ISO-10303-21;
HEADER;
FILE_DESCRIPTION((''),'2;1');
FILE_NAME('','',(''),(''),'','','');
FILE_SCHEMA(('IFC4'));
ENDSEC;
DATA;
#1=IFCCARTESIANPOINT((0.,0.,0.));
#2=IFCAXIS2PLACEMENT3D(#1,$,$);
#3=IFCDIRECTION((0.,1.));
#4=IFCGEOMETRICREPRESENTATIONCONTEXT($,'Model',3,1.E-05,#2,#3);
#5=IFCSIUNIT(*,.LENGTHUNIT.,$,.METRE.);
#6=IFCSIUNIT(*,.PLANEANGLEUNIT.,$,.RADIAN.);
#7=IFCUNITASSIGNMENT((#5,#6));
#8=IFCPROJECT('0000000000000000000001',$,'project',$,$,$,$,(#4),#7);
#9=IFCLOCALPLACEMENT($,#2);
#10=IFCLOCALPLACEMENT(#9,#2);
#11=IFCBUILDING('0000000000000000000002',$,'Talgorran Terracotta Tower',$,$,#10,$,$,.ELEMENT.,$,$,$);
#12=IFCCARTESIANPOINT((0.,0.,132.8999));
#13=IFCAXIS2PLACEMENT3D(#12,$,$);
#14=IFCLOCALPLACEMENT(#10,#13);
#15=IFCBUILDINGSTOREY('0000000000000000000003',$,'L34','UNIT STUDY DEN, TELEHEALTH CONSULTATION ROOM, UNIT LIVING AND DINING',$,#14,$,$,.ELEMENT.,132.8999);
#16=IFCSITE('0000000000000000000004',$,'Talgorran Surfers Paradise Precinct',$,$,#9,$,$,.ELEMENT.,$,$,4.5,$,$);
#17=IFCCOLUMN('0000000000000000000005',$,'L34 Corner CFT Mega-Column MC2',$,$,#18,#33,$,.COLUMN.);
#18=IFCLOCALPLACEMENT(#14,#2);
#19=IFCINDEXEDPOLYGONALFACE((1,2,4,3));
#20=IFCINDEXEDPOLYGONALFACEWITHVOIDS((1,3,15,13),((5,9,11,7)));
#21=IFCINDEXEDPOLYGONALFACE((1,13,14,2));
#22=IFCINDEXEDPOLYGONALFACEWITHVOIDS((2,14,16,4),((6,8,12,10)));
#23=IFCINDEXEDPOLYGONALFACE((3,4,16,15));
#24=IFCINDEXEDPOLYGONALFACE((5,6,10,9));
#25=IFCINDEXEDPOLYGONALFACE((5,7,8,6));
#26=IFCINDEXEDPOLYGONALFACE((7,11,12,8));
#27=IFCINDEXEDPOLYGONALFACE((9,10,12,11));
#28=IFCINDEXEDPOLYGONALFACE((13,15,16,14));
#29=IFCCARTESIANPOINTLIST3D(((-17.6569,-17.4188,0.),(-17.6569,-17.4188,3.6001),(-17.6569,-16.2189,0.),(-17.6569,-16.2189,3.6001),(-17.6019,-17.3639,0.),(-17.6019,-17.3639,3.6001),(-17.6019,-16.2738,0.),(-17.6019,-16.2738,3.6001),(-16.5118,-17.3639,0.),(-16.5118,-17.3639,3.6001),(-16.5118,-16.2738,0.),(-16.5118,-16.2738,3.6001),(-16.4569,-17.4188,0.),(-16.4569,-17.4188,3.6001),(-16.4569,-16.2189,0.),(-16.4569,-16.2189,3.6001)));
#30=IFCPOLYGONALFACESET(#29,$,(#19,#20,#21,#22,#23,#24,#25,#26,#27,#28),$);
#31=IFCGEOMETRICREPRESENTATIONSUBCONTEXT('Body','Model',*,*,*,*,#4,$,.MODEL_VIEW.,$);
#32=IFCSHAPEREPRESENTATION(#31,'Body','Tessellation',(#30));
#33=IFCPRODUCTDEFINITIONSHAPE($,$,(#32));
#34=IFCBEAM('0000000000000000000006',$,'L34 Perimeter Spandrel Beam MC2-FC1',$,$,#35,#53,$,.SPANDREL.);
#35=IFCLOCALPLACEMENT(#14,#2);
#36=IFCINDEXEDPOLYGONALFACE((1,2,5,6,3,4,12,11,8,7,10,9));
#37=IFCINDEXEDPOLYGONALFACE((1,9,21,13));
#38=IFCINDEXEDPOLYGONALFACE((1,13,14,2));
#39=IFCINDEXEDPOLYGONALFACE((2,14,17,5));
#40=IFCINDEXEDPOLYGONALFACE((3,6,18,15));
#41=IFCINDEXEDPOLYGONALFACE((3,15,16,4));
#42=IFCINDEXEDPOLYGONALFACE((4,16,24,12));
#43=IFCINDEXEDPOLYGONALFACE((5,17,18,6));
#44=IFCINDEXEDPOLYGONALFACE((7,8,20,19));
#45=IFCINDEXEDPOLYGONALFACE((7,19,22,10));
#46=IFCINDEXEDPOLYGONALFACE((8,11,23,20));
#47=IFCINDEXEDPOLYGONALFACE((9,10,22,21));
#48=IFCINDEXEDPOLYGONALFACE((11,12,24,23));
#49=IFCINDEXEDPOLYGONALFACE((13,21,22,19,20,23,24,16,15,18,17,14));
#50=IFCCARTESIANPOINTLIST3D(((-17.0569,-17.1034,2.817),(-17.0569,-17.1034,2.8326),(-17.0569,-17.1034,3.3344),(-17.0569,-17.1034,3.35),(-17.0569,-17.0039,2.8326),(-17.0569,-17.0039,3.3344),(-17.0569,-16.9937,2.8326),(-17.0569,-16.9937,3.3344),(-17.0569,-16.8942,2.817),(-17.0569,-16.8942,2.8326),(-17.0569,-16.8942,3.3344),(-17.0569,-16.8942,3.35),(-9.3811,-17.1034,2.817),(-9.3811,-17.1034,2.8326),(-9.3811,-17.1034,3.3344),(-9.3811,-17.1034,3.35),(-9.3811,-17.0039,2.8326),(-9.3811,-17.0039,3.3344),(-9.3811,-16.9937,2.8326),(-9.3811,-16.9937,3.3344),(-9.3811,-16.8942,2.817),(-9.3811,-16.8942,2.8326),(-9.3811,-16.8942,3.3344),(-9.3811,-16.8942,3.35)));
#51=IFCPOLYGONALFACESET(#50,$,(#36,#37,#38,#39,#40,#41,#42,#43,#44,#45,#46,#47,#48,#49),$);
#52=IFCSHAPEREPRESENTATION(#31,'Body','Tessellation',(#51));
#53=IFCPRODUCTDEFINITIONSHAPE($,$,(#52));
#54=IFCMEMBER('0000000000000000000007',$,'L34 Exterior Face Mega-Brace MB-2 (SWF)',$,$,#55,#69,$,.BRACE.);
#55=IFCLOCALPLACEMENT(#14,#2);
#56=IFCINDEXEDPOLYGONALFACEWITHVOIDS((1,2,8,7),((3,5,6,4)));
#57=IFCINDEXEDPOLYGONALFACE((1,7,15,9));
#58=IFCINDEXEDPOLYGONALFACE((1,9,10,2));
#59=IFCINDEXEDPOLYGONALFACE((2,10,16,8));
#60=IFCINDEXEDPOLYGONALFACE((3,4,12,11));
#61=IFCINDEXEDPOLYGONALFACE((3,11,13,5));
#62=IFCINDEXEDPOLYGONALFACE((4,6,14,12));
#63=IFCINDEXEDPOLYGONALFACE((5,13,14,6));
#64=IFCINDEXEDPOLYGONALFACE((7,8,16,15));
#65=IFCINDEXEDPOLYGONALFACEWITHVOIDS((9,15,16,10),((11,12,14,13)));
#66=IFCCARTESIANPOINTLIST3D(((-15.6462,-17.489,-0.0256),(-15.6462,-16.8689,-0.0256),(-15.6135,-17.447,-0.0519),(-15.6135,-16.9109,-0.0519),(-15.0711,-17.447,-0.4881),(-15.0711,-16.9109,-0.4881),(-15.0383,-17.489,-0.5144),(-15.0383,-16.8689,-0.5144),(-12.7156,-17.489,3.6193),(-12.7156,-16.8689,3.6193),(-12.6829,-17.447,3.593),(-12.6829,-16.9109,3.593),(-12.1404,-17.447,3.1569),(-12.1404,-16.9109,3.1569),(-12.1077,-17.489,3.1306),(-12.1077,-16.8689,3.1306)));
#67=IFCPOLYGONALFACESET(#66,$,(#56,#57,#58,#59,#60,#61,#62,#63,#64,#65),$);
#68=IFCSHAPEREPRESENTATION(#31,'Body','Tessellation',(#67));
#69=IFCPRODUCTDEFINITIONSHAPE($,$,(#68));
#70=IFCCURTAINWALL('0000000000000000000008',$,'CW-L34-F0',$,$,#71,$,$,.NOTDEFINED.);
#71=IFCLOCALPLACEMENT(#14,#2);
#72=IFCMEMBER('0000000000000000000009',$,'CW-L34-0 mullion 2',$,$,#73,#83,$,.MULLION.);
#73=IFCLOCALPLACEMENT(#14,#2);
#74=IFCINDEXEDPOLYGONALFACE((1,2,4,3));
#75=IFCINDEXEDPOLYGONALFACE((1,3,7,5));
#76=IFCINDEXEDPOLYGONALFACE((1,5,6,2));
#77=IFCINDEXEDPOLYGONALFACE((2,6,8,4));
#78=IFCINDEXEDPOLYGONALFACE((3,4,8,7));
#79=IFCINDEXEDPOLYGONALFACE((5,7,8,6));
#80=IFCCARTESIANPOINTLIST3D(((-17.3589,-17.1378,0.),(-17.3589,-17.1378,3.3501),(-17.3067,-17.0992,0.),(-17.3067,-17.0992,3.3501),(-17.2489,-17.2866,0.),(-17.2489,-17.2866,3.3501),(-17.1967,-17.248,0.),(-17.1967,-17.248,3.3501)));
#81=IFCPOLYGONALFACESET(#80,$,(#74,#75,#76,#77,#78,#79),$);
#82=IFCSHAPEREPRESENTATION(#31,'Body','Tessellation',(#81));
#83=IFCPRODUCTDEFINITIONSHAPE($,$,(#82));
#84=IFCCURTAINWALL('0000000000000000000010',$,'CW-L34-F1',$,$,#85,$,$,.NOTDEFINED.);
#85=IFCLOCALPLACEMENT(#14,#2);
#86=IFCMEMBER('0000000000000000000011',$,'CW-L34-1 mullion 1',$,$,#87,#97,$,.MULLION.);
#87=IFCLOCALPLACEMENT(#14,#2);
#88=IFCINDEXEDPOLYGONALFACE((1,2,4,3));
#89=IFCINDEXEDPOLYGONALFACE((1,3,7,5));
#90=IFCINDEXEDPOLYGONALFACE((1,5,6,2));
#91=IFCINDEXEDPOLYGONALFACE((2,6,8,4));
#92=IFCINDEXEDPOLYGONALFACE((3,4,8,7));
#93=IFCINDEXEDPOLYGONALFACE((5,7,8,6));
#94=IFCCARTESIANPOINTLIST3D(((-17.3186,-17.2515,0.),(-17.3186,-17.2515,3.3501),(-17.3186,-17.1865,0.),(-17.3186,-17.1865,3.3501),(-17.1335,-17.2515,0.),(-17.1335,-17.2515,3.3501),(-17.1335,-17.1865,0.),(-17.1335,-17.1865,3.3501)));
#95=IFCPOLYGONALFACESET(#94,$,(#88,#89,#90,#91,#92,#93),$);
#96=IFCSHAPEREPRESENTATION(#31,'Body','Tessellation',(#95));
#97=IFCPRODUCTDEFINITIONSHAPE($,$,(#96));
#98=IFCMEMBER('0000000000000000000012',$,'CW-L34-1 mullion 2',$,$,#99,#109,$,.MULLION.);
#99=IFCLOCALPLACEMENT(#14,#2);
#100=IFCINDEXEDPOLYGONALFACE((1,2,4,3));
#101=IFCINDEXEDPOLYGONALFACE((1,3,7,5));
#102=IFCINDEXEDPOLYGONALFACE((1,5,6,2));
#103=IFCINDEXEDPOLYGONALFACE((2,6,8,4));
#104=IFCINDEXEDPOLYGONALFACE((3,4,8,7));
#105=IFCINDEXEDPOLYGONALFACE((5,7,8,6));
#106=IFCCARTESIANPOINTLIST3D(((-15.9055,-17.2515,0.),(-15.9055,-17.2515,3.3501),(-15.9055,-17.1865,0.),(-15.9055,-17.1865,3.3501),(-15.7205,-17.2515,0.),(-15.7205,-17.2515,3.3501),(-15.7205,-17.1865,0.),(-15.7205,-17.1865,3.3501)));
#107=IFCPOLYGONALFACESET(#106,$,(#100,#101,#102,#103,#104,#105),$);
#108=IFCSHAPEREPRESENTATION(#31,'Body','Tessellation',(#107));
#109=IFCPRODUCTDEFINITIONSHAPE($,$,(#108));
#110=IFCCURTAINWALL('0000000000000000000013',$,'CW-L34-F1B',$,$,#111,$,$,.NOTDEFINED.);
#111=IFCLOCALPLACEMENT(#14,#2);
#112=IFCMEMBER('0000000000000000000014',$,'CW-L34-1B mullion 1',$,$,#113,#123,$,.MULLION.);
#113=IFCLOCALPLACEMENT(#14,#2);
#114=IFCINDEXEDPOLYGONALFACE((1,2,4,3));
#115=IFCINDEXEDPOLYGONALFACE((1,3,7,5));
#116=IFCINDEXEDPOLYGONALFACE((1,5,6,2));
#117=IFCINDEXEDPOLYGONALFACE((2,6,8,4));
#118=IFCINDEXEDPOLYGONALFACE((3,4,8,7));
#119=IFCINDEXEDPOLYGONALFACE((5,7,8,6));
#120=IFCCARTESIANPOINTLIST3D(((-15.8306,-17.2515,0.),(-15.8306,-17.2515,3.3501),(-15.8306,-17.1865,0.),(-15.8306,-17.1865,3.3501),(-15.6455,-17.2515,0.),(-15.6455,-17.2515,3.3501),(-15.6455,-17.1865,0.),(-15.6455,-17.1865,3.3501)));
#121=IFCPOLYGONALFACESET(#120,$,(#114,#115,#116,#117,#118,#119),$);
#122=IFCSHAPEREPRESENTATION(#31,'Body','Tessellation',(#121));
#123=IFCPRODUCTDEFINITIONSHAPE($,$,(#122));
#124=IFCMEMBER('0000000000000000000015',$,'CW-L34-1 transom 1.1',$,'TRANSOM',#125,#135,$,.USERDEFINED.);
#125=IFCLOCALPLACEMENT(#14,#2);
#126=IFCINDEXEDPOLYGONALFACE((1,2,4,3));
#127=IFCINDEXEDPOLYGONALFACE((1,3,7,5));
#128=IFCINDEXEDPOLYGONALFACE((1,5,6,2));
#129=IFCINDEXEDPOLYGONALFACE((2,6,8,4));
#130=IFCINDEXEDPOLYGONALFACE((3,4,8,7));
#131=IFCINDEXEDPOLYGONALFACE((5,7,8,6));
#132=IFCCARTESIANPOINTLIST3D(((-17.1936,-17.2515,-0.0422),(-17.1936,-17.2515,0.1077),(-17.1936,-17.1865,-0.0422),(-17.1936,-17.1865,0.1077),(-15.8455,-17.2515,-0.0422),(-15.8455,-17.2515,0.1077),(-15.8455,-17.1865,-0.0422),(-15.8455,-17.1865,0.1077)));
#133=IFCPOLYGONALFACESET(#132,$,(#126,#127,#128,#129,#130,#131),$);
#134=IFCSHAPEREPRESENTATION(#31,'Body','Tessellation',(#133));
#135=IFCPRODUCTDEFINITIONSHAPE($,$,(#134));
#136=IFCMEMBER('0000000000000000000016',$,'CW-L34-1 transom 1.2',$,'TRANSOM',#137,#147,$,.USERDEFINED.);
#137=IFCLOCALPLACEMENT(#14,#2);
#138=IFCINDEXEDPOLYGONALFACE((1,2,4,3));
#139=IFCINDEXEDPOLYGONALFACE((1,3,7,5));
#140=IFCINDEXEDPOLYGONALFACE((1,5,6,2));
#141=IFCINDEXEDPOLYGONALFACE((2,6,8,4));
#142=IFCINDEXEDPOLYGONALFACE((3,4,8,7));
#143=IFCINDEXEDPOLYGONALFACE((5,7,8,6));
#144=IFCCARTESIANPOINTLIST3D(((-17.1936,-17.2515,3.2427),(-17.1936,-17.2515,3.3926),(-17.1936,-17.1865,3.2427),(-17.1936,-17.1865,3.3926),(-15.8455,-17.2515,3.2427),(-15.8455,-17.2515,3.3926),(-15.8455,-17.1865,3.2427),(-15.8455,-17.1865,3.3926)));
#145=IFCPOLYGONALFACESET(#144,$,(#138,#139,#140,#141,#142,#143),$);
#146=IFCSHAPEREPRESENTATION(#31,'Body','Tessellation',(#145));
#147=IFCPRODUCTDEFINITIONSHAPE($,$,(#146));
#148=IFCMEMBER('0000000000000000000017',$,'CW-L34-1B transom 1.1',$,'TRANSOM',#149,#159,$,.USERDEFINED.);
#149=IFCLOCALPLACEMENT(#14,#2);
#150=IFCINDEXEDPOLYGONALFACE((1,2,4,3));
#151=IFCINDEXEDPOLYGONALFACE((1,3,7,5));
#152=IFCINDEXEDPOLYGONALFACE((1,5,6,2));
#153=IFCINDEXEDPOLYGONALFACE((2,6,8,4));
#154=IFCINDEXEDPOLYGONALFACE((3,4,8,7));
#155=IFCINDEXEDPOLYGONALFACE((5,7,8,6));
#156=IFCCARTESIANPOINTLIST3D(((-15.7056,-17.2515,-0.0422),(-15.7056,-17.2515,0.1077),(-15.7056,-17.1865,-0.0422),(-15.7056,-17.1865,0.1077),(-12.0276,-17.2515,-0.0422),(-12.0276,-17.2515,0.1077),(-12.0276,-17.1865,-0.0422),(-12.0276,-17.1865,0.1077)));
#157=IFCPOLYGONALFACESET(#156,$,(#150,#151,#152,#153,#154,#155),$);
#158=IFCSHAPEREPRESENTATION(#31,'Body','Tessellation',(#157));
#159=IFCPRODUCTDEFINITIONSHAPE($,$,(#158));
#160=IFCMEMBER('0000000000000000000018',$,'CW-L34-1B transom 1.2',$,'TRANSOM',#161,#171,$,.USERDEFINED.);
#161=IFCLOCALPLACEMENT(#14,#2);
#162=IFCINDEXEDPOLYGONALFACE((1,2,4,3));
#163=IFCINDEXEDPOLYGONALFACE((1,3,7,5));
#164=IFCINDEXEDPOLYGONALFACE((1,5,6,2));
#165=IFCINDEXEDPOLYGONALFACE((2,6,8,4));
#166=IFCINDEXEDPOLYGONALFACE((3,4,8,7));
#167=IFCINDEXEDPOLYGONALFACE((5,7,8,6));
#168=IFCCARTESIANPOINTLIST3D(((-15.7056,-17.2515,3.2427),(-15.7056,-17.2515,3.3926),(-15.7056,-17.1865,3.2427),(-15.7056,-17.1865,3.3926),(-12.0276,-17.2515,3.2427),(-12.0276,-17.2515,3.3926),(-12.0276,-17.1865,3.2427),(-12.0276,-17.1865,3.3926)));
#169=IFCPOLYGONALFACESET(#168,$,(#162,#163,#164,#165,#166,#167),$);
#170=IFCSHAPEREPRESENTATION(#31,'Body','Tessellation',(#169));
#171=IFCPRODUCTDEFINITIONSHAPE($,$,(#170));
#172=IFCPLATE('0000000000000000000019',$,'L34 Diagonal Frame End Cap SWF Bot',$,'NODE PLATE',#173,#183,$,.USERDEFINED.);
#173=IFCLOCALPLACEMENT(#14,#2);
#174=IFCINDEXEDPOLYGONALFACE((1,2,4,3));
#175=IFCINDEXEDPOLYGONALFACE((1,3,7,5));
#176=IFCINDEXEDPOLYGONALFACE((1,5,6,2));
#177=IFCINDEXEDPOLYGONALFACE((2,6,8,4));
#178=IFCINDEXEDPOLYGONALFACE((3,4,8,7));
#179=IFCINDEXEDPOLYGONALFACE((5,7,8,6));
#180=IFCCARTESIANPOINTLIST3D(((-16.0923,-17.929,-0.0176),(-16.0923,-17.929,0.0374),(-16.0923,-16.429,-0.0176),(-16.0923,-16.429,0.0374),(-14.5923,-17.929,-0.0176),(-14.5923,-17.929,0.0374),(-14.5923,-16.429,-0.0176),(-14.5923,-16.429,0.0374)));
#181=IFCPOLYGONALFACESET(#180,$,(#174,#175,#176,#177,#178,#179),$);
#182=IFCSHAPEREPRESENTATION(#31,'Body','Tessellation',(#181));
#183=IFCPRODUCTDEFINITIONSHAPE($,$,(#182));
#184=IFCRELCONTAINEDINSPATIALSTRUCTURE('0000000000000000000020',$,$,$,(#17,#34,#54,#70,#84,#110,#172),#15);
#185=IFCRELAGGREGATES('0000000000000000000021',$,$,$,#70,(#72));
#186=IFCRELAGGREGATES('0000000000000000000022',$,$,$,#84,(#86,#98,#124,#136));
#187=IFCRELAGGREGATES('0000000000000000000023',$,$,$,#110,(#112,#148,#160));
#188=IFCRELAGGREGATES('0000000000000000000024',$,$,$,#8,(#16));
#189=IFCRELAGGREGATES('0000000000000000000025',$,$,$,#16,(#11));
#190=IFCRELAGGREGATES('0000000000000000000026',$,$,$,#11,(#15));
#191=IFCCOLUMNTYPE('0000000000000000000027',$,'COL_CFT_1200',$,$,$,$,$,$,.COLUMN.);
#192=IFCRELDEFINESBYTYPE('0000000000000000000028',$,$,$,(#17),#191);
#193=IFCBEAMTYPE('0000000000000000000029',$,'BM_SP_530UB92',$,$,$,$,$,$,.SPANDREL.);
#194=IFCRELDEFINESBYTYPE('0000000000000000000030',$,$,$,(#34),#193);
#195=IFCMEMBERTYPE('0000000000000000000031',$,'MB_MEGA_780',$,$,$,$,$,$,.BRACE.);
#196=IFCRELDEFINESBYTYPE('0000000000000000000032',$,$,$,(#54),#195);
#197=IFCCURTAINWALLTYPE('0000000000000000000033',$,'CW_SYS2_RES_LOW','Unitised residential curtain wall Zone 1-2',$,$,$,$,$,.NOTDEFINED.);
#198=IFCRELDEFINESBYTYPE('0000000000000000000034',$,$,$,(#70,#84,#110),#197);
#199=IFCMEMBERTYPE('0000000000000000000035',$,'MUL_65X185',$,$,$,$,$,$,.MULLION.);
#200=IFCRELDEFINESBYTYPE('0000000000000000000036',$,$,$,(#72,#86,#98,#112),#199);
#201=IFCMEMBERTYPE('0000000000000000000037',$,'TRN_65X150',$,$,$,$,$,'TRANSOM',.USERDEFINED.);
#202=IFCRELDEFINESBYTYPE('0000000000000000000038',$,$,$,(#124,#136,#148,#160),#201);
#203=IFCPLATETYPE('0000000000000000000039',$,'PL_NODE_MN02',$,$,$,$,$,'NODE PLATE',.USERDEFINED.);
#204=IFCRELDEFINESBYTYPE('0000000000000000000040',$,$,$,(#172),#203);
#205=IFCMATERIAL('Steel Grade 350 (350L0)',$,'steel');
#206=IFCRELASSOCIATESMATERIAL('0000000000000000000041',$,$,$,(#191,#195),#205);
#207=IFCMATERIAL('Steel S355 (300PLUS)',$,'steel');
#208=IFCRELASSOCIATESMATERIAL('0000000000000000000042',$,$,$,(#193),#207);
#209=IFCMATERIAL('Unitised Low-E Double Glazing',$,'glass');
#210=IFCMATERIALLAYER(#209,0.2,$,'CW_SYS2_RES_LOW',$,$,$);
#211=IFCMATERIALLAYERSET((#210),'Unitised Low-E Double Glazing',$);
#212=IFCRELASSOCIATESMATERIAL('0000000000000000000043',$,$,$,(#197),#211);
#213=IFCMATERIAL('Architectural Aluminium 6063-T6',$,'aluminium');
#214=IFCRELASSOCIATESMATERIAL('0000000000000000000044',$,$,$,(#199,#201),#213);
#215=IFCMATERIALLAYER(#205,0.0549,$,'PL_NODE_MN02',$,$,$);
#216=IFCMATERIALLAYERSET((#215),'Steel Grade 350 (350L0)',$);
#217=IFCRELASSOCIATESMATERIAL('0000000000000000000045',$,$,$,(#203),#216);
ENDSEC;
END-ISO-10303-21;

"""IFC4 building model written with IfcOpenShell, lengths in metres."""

from ifc_helpers import new_model, si_unit, direction, frame, origin, origin_2d, place, context, subcontext, project, spatial, rectangle, hollow_rectangle, i_section, extrude, material, layer, layer_set, material_profile, profile_set, type_object, element, aggregate, save


model = new_model("IFC4")

# Units and contexts
model_context = context("Model", 3, precision=1e-05, world=origin(), true_north=direction((0.0, 1.0)))
body_context = subcontext(model_context, "Body", "Model", "MODEL_VIEW")
ifc_project = project(units=[si_unit("LENGTHUNIT", "METRE"), si_unit("PLANEANGLEUNIT", "RADIAN")], contexts=[model_context])

# Site, building, storey
site_placement = place(None, origin())
site = spatial("IfcSite", under=ifc_project, at=site_placement, Name="Talgorran Surfers Paradise Precinct", CompositionType="ELEMENT", RefElevation=4.5)
building_placement = place(site_placement, origin())
building = spatial("IfcBuilding", under=site, at=building_placement, Name="Talgorran Terracotta Tower", CompositionType="ELEMENT")
storey_placement = place(building_placement, frame((0.0, 0.0, 132.8999)))
storey = spatial("IfcBuildingStorey", under=building, at=storey_placement, Name="L34", Description="UNIT STUDY DEN, TELEHEALTH CONSULTATION ROOM, UNIT LIVING AND DINING", CompositionType="ELEMENT", Elevation=132.8999)

# Column
ifc_material_1 = material(Name="Steel Grade 350 (350L0)", Category="steel")
ifc_material_profile_1 = material_profile(ifc_material_1, hollow_rectangle(XDim=1.2, YDim=1.2, WallThickness=0.0549, at=origin_2d()), Name="CFT1200X1200X55")
ifc_profile_set_1 = profile_set([ifc_material_profile_1], Name="Steel Grade 350 (350L0)")
column_type = type_object("IfcColumnType", Name="COL_CFT_1200", PredefinedType="COLUMN", material=ifc_profile_set_1)
column_placement = place(storey_placement, frame((-17.0569, -16.8188, 0.0), z_axis=(0.0, 0.0, 1.0), x_axis=(1.0, 0.0, 0.0)))
element("IfcColumn", 1, at=column_placement, inside=storey, type_object=column_type, Name="L34 Corner CFT Mega-Column MC2", PredefinedType="COLUMN", context=body_context, shape_type="SweptSolid", body=[
    extrude(hollow_rectangle(XDim=1.2, YDim=1.2, WallThickness=0.0549, at=origin_2d()), origin(), (0.0, 0.0, 1.0), 3.6001),
])

# Beam
ifc_material_2 = material(Name="Steel S355 (300PLUS)", Category="steel")
ifc_material_profile_2 = material_profile(ifc_material_2, i_section(OverallWidth=0.2092, OverallDepth=0.533, WebThickness=0.0103, FlangeThickness=0.0156, at=origin_2d()), Name="530UB92.4")
ifc_profile_set_2 = profile_set([ifc_material_profile_2], Name="Steel S355 (300PLUS)")
beam_type = type_object("IfcBeamType", Name="BM_SP_530UB92", PredefinedType="SPANDREL", material=ifc_profile_set_2)
beam_placement = place(storey_placement, frame((-17.0569, -16.9988, 3.0835), z_axis=(1.0, 0.0, 0.0), x_axis=(0.0, 1.0, 0.0)))
element("IfcBeam", 2, at=beam_placement, inside=storey, type_object=beam_type, Name="L34 Perimeter Spandrel Beam MC2-FC1", PredefinedType="SPANDREL", context=body_context, shape_type="SweptSolid", body=[
    extrude(i_section(OverallWidth=0.2092, OverallDepth=0.533, WebThickness=0.0103, FlangeThickness=0.0156, at=origin_2d()), origin(), (0.0, 0.0, 1.0), 7.6758),
])

# Member
ifc_material_profile_3 = material_profile(ifc_material_1, hollow_rectangle(XDim=0.6201, YDim=0.78, WallThickness=0.042, at=origin_2d()), Name="WBOX780X620X42")
ifc_profile_set_3 = profile_set([ifc_material_profile_3], Name="Steel Grade 350 (350L0)")
member_type_1 = type_object("IfcMemberType", Name="MB_MEGA_780", PredefinedType="BRACE", material=ifc_profile_set_3)
member_1_placement = place(storey_placement, frame((-15.3423, -17.179, -0.27), z_axis=(0.626603, 0.0, 0.779339), x_axis=(0.0, 1.0, 0.0)))
element("IfcMember", 3, at=member_1_placement, inside=storey, type_object=member_type_1, Name="L34 Exterior Face Mega-Brace MB-2 (SWF)", PredefinedType="BRACE", context=body_context, shape_type="SweptSolid", body=[
    extrude(hollow_rectangle(XDim=0.6201, YDim=0.78, WallThickness=0.042, at=origin_2d()), origin(), (0.0, 0.0, 1.0), 4.677),
])

# Curtain wall, member
ifc_material_3 = material(Name="Unitised Low-E Double Glazing", Category="glass")
ifc_layer_1 = layer(ifc_material_3, 0.2, Name="CW_SYS2_RES_LOW")
ifc_layer_set_1 = layer_set([ifc_layer_1], Name="Unitised Low-E Double Glazing")
curtain_wall_type = type_object("IfcCurtainWallType", Name="CW_SYS2_RES_LOW", Description="Unitised residential curtain wall Zone 1-2", PredefinedType="NOTDEFINED", material=ifc_layer_set_1)
curtain_wall_1_placement = place(storey_placement, origin())
curtain_wall_1 = element("IfcCurtainWall", 4, at=curtain_wall_1_placement, inside=storey, type_object=curtain_wall_type, Name="CW-L34-F0", PredefinedType="NOTDEFINED")
ifc_material_4 = material(Name="Architectural Aluminium 6063-T6", Category="aluminium")
ifc_material_profile_4 = material_profile(ifc_material_4, rectangle(XDim=0.0649, YDim=0.1851, at=origin_2d()), Name="CWM65X185")
ifc_profile_set_4 = profile_set([ifc_material_profile_4], Name="Architectural Aluminium 6063-T6")
member_type_2 = type_object("IfcMemberType", Name="MUL_65X185", PredefinedType="MULLION", material=ifc_profile_set_4)
member_2_placement = place(storey_placement, frame((-17.2778, -17.1929, 0.0), z_axis=(0.0, 0.0, 1.0), x_axis=(0.804201, 0.594358, 0.0)))
member_2 = element("IfcMember", 5, at=member_2_placement, type_object=member_type_2, Name="CW-L34-0 mullion 2", PredefinedType="MULLION", context=body_context, shape_type="SweptSolid", body=[
    extrude(rectangle(XDim=0.0649, YDim=0.1851, at=origin_2d()), origin(), (0.0, 0.0, 1.0), 3.3501),
])

# Curtain wall, members
curtain_wall_2_placement = place(storey_placement, origin())
curtain_wall_2 = element("IfcCurtainWall", 6, at=curtain_wall_2_placement, inside=storey, type_object=curtain_wall_type, Name="CW-L34-F1", PredefinedType="NOTDEFINED")
member_3_placement = place(storey_placement, frame((-17.2261, -17.219, 0.0), z_axis=(0.0, 0.0, 1.0), x_axis=(0.0, 1.0, 0.0)))
member_3 = element("IfcMember", 7, at=member_3_placement, type_object=member_type_2, Name="CW-L34-1 mullion 1", PredefinedType="MULLION", context=body_context, shape_type="SweptSolid", body=[
    extrude(rectangle(XDim=0.0649, YDim=0.1851, at=origin_2d()), origin(), (0.0, 0.0, 1.0), 3.3501),
])
member_4_placement = place(storey_placement, frame((-15.813, -17.219, 0.0), z_axis=(0.0, 0.0, 1.0), x_axis=(0.0, 1.0, 0.0)))
member_4 = element("IfcMember", 8, at=member_4_placement, type_object=member_type_2, Name="CW-L34-1 mullion 2", PredefinedType="MULLION", context=body_context, shape_type="SweptSolid", body=[
    extrude(rectangle(XDim=0.0649, YDim=0.1851, at=origin_2d()), origin(), (0.0, 0.0, 1.0), 3.3501),
])

# Curtain wall, member
curtain_wall_3_placement = place(storey_placement, origin())
curtain_wall_3 = element("IfcCurtainWall", 9, at=curtain_wall_3_placement, inside=storey, type_object=curtain_wall_type, Name="CW-L34-F1B", PredefinedType="NOTDEFINED")
member_5_placement = place(storey_placement, frame((-15.738, -17.219, 0.0), z_axis=(0.0, 0.0, 1.0), x_axis=(0.0, 1.0, 0.0)))
member_5 = element("IfcMember", 10, at=member_5_placement, type_object=member_type_2, Name="CW-L34-1B mullion 1", PredefinedType="MULLION", context=body_context, shape_type="SweptSolid", body=[
    extrude(rectangle(XDim=0.0649, YDim=0.1851, at=origin_2d()), origin(), (0.0, 0.0, 1.0), 3.3501),
])

# Members
ifc_material_profile_5 = material_profile(ifc_material_4, rectangle(XDim=0.0649, YDim=0.1499, at=origin_2d()), Name="CWT65X150")
ifc_profile_set_5 = profile_set([ifc_material_profile_5], Name="Architectural Aluminium 6063-T6")
member_type_3 = type_object("IfcMemberType", Name="TRN_65X150", ElementType="TRANSOM", PredefinedType="USERDEFINED", material=ifc_profile_set_5)
member_6_placement = place(storey_placement, frame((-17.1936, -17.219, 0.0327), z_axis=(1.0, 0.0, 0.0), x_axis=(0.0, 1.0, 0.0)))
member_6 = element("IfcMember", 11, at=member_6_placement, type_object=member_type_3, Name="CW-L34-1 transom 1.1", ObjectType="TRANSOM", PredefinedType="USERDEFINED", context=body_context, shape_type="SweptSolid", body=[
    extrude(rectangle(XDim=0.0649, YDim=0.1499, at=origin_2d()), origin(), (0.0, 0.0, 1.0), 1.3481),
])
member_7_placement = place(storey_placement, frame((-17.1936, -17.219, 3.3176), z_axis=(1.0, 0.0, 0.0), x_axis=(0.0, 1.0, 0.0)))
member_7 = element("IfcMember", 12, at=member_7_placement, type_object=member_type_3, Name="CW-L34-1 transom 1.2", ObjectType="TRANSOM", PredefinedType="USERDEFINED", context=body_context, shape_type="SweptSolid", body=[
    extrude(rectangle(XDim=0.0649, YDim=0.1499, at=origin_2d()), origin(), (0.0, 0.0, 1.0), 1.3481),
])
member_8_placement = place(storey_placement, frame((-15.7056, -17.219, 0.0327), z_axis=(1.0, 0.0, 0.0), x_axis=(0.0, 1.0, 0.0)))
member_8 = element("IfcMember", 13, at=member_8_placement, type_object=member_type_3, Name="CW-L34-1B transom 1.1", ObjectType="TRANSOM", PredefinedType="USERDEFINED", context=body_context, shape_type="SweptSolid", body=[
    extrude(rectangle(XDim=0.0649, YDim=0.1499, at=origin_2d()), origin(), (0.0, 0.0, 1.0), 3.678),
])
member_9_placement = place(storey_placement, frame((-15.7056, -17.219, 3.3176), z_axis=(1.0, 0.0, 0.0), x_axis=(0.0, 1.0, 0.0)))
member_9 = element("IfcMember", 14, at=member_9_placement, type_object=member_type_3, Name="CW-L34-1B transom 1.2", ObjectType="TRANSOM", PredefinedType="USERDEFINED", context=body_context, shape_type="SweptSolid", body=[
    extrude(rectangle(XDim=0.0649, YDim=0.1499, at=origin_2d()), origin(), (0.0, 0.0, 1.0), 3.678),
])

# Plate
ifc_layer_2 = layer(ifc_material_1, 0.0549, Name="PL_NODE_MN02")
ifc_layer_set_2 = layer_set([ifc_layer_2], Name="Steel Grade 350 (350L0)")
plate_type_1 = type_object("IfcPlateType", Name="PL_NODE_MN02", ElementType="NODE PLATE", PredefinedType="USERDEFINED", material=ifc_layer_set_2)
plate_1_placement = place(storey_placement, frame((-15.3423, -17.179, -0.0176), z_axis=(0.0, 0.0, 1.0), x_axis=(1.0, 0.0, 0.0)))
element("IfcPlate", 15, at=plate_1_placement, inside=storey, type_object=plate_type_1, Name="L34 Diagonal Frame End Cap SWF Bot", ObjectType="NODE PLATE", PredefinedType="USERDEFINED", context=body_context, shape_type="SweptSolid", body=[
    extrude(rectangle(XDim=1.5, YDim=1.5, at=origin_2d()), origin(), (0.0, 0.0, 1.0), 0.0549),
])
aggregate(curtain_wall_1, [member_2])
aggregate(curtain_wall_2, [member_3, member_4, member_6, member_7])
aggregate(curtain_wall_3, [member_5, member_8, member_9])

save(model, "model.ifc")
